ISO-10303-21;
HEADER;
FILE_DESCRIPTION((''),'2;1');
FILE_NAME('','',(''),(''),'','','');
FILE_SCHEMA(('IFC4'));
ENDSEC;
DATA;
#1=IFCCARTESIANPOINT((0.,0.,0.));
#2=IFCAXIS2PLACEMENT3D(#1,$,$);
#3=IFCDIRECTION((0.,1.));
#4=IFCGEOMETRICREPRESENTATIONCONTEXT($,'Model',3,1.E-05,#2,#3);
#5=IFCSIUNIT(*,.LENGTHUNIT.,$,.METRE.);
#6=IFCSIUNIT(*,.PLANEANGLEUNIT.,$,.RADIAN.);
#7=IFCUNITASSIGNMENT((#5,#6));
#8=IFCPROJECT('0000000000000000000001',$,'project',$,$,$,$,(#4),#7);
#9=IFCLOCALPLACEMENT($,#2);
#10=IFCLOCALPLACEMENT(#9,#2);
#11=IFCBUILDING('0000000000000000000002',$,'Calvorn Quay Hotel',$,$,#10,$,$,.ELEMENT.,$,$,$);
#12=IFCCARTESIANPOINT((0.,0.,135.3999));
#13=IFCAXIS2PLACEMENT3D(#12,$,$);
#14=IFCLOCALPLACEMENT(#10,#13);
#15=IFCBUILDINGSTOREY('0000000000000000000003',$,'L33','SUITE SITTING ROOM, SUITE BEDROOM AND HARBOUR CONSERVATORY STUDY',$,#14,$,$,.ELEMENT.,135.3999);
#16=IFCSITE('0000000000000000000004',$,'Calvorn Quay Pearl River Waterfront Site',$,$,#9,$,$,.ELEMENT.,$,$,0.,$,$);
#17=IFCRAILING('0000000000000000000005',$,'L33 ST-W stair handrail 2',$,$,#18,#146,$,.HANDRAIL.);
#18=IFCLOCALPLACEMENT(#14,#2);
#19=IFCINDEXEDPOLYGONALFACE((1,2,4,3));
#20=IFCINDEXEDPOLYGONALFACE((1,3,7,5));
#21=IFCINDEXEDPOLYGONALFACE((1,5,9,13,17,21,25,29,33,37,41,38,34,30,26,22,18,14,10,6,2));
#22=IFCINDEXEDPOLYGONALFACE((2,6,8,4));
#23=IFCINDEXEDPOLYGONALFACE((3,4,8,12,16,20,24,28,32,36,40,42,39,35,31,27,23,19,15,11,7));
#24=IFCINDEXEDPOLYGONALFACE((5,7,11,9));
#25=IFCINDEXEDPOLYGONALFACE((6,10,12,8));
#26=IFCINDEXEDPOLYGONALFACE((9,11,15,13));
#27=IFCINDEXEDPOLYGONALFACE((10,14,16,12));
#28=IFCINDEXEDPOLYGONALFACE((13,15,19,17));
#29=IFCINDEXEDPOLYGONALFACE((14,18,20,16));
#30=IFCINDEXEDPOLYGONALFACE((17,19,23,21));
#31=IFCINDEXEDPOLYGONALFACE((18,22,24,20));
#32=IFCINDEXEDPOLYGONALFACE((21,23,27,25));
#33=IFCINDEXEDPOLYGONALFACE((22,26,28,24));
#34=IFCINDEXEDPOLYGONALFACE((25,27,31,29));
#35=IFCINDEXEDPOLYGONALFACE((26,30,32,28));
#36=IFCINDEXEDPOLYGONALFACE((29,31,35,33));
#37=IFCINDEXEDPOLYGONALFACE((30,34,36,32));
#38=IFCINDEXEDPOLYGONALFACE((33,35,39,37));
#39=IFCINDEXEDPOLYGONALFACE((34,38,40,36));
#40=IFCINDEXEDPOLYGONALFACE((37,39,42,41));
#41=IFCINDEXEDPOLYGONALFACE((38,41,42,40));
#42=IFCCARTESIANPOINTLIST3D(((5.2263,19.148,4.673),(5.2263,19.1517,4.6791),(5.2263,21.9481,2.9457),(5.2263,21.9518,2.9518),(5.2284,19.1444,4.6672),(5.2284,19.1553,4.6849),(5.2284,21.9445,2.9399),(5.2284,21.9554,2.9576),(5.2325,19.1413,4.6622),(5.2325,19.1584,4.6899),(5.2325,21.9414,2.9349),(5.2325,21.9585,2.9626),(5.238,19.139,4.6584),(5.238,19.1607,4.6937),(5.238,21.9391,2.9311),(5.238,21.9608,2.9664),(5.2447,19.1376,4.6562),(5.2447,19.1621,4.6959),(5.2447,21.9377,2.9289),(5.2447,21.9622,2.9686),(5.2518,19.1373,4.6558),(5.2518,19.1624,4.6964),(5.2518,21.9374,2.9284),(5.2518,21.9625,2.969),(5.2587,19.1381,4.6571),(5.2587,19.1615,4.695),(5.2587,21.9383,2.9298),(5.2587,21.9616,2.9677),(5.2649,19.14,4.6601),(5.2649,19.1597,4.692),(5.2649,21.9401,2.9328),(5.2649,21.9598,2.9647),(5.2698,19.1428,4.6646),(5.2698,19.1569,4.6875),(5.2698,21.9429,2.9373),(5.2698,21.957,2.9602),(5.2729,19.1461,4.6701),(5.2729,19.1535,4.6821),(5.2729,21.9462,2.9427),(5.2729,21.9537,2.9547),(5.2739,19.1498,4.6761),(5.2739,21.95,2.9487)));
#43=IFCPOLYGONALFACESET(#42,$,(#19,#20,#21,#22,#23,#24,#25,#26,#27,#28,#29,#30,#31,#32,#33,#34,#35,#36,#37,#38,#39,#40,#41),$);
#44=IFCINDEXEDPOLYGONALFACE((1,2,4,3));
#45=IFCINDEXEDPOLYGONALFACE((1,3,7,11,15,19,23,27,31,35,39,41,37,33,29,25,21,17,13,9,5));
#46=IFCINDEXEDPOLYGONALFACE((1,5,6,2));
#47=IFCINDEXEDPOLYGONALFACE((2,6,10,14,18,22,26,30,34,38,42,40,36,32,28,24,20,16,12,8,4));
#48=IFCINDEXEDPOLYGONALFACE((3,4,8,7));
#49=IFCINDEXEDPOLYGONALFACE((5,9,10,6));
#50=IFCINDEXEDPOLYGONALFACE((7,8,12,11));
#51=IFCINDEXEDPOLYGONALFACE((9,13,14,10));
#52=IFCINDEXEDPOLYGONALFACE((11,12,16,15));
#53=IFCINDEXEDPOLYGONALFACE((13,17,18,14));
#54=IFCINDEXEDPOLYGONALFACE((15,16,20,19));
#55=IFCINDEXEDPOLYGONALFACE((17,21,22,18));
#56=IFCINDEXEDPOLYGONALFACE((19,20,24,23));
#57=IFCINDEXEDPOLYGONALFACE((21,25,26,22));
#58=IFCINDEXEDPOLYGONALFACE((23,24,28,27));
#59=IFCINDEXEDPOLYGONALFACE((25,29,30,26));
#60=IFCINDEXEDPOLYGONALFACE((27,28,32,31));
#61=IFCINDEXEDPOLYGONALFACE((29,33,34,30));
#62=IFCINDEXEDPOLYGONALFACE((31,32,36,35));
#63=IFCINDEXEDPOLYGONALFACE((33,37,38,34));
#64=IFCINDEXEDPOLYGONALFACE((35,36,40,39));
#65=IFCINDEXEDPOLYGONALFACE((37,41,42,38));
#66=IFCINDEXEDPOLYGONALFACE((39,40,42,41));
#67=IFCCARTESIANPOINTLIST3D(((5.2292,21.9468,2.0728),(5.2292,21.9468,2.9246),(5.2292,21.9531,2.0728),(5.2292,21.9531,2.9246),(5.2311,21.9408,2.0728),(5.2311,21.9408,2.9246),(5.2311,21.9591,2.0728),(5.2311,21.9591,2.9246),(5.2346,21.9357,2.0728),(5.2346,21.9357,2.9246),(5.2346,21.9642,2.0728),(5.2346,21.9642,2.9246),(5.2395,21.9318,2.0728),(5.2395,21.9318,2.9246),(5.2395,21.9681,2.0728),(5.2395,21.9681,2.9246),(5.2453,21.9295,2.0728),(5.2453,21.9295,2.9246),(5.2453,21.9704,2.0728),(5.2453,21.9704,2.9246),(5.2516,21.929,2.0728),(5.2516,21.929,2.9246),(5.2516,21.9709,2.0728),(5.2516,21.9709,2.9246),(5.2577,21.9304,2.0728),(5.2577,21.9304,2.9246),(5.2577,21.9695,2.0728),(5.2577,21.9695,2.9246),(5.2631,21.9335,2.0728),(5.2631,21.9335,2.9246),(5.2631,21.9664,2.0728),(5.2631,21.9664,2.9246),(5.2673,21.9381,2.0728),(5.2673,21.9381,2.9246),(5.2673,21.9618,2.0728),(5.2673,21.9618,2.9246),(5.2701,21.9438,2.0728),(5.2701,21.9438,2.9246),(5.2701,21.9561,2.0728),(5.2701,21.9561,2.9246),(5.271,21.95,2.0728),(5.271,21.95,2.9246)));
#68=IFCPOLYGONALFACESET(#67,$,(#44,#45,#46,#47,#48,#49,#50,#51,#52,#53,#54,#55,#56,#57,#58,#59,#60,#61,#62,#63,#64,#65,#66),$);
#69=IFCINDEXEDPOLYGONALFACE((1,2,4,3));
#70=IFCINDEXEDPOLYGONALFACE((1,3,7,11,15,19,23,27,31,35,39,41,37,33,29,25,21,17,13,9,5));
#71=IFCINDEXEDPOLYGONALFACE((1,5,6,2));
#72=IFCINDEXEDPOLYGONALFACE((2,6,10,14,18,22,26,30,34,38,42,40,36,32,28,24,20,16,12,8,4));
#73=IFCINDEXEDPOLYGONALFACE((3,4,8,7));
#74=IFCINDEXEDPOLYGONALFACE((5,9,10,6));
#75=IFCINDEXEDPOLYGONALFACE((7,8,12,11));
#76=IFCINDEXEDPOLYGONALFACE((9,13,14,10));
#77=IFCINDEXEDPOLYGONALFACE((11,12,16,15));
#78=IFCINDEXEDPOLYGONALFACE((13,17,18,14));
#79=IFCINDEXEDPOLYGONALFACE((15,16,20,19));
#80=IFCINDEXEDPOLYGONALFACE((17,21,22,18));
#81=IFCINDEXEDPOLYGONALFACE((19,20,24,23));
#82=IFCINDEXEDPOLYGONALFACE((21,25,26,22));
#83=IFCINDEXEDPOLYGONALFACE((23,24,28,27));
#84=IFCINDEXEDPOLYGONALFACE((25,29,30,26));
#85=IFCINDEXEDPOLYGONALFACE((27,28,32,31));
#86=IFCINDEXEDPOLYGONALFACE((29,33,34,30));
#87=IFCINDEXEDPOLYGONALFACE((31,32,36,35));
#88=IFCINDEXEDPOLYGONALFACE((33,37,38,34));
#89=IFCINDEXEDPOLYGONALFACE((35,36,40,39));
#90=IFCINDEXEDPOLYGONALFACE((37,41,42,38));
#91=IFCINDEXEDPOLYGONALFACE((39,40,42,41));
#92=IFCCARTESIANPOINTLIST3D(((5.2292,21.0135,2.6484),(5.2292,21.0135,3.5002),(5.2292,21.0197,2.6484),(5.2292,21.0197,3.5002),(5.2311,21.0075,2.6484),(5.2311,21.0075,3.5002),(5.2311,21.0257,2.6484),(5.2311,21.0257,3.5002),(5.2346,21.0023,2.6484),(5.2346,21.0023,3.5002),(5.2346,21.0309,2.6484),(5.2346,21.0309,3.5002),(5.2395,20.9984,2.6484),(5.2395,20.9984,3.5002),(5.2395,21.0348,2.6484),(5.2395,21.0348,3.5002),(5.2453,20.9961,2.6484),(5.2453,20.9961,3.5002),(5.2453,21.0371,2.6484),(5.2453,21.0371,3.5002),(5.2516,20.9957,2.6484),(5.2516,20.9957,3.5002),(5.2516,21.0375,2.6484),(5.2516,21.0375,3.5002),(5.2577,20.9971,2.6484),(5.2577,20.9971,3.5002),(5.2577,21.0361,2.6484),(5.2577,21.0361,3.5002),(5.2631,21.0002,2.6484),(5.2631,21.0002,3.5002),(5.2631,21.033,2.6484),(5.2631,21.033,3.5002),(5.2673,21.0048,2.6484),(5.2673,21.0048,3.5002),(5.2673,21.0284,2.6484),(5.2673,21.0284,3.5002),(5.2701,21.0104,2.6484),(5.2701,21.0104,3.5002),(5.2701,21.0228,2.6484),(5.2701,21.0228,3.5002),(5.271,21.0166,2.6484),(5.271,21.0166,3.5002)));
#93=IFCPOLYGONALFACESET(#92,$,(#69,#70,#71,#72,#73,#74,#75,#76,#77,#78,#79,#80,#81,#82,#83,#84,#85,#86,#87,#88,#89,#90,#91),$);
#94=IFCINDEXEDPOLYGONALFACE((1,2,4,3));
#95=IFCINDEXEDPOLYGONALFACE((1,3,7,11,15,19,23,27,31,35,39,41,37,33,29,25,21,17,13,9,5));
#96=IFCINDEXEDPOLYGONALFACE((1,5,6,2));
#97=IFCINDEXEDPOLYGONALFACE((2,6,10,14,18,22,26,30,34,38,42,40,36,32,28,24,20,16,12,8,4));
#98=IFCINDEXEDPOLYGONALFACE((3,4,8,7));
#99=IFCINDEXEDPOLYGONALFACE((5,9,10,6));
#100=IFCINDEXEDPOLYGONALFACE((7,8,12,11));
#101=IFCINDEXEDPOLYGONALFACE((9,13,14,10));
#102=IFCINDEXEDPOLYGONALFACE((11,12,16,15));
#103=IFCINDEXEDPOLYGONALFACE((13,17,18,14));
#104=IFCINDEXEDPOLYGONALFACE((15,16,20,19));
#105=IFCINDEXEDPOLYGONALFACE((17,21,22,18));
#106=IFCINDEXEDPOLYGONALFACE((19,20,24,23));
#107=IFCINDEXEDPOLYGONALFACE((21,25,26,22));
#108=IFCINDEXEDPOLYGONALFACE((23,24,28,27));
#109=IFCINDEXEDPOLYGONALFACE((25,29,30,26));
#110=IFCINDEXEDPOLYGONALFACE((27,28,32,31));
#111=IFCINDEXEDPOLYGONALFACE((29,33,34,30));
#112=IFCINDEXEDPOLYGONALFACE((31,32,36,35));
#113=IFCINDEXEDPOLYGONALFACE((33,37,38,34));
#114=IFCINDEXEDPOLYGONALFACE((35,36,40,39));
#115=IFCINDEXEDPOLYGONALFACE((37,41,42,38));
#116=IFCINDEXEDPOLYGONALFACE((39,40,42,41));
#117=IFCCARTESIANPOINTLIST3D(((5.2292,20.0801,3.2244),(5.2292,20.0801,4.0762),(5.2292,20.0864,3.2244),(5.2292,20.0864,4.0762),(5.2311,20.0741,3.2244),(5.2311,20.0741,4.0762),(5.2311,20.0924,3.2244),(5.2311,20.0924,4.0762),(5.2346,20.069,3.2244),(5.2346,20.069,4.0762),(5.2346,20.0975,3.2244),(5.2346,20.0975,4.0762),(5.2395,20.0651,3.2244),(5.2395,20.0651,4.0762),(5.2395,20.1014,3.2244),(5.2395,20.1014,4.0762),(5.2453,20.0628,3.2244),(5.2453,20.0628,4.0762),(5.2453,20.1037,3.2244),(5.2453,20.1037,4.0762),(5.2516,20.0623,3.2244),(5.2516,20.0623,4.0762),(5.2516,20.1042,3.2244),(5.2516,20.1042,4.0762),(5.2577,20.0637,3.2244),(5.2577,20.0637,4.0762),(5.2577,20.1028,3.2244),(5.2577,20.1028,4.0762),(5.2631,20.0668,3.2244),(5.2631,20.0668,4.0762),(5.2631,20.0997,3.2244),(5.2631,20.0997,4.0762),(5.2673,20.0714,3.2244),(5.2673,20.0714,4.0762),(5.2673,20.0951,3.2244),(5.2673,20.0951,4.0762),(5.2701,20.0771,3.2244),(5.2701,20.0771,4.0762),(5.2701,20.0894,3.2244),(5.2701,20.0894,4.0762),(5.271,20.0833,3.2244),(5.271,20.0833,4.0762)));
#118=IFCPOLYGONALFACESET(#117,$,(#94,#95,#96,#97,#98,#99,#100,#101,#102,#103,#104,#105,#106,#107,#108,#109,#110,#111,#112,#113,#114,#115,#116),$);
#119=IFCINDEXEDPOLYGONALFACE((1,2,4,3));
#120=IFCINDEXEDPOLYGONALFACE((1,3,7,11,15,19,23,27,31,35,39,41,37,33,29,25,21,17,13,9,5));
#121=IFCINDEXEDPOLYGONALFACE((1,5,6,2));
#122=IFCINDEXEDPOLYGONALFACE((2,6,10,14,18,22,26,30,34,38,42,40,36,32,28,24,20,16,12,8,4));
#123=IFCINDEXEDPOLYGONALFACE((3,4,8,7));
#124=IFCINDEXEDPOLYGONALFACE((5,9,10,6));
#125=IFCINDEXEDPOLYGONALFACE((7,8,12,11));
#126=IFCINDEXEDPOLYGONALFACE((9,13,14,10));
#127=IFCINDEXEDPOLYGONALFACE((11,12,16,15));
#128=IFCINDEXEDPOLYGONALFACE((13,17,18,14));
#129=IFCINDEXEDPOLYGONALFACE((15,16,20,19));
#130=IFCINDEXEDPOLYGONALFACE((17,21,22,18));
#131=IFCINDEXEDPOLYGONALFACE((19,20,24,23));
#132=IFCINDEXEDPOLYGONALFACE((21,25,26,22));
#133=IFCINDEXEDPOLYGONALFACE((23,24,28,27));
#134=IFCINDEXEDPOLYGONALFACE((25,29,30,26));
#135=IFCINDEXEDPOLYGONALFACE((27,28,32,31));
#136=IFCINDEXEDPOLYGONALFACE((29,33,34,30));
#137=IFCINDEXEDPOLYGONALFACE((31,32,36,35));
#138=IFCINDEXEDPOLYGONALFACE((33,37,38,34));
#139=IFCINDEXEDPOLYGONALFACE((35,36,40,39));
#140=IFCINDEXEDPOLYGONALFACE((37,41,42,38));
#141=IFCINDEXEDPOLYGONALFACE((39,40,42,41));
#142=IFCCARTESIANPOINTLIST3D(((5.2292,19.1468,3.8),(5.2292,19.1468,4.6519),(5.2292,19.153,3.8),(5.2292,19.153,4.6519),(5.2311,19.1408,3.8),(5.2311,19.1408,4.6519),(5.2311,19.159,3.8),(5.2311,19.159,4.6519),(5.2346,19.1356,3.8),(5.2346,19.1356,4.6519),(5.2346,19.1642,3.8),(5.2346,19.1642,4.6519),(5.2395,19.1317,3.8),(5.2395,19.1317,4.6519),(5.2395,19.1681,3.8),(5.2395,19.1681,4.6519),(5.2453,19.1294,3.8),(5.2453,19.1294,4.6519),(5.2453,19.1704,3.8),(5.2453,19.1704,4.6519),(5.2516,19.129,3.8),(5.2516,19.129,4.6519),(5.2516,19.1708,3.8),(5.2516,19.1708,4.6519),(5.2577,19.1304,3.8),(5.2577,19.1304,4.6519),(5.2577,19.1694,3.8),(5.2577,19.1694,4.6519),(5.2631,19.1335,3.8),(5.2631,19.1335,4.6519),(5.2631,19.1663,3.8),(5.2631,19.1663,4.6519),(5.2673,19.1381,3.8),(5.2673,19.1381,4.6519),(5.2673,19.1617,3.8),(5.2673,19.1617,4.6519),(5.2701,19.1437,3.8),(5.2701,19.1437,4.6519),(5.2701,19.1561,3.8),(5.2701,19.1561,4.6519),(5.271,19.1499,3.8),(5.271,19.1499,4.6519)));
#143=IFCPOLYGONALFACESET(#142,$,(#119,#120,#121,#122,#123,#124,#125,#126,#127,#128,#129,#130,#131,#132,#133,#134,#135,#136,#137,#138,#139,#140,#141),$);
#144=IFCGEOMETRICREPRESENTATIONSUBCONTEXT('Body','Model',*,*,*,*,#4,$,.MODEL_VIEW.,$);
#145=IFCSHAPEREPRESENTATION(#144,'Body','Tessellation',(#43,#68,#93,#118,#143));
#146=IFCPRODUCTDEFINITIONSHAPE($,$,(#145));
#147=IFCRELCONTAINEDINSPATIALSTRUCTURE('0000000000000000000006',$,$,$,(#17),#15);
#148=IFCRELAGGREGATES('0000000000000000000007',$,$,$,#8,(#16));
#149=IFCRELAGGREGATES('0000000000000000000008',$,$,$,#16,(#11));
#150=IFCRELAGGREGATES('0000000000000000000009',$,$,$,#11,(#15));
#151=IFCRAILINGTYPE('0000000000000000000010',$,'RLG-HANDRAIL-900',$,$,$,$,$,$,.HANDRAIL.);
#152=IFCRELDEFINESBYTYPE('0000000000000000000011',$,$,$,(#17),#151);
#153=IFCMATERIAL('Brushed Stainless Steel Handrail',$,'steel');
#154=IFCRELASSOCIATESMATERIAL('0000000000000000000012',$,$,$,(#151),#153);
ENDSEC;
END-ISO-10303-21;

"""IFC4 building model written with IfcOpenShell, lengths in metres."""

from ifc_helpers import new_model, si_unit, direction, frame, origin, origin_2d, place, context, subcontext, project, spatial, circle, extrude, material, type_object, element, save


model = new_model("IFC4")

# Units and contexts
model_context = context("Model", 3, precision=1e-05, world=origin(), true_north=direction((0.0, 1.0)))
body_context = subcontext(model_context, "Body", "Model", "MODEL_VIEW")
ifc_project = project(units=[si_unit("LENGTHUNIT", "METRE"), si_unit("PLANEANGLEUNIT", "RADIAN")], contexts=[model_context])

# Site, building, storey
site_placement = place(None, origin())
site = spatial("IfcSite", under=ifc_project, at=site_placement, Name="Calvorn Quay Pearl River Waterfront Site", CompositionType="ELEMENT", RefElevation=0.0)
building_placement = place(site_placement, origin())
building = spatial("IfcBuilding", under=site, at=building_placement, Name="Calvorn Quay Hotel", CompositionType="ELEMENT")
storey_placement = place(building_placement, frame((0.0, 0.0, 135.3999)))
storey = spatial("IfcBuildingStorey", under=building, at=storey_placement, Name="L33", Description="SUITE SITTING ROOM, SUITE BEDROOM AND HARBOUR CONSERVATORY STUDY", CompositionType="ELEMENT", Elevation=135.3999)

# Railing
ifc_material_1 = material(Name="Brushed Stainless Steel Handrail", Category="steel")
railing_type_1 = type_object("IfcRailingType", Name="RLG-HANDRAIL-900", PredefinedType="HANDRAIL", material=ifc_material_1)
railing_1_placement = place(storey_placement, frame((5.25, 21.95, 2.0728)))
element("IfcRailing", 1, at=railing_1_placement, inside=storey, type_object=railing_type_1, Name="L33 ST-W stair handrail 2", PredefinedType="HANDRAIL", context=body_context, shape_type="SweptSolid", body=[
    extrude(circle(Radius=0.0239, at=origin_2d()), frame((0.0, 0.0, 0.876), z_axis=(0.0, -0.85109, 0.52502), x_axis=(1.0, 0.0, 0.0)), (0.0, 0.0, 1.0), 3.29),
    extrude(circle(Radius=0.021, at=origin_2d()), origin(), (0.0, 0.0, 1.0), 0.8518),
    extrude(circle(Radius=0.021, at=origin_2d()), frame((0.0, -0.9333, 0.5757)), (0.0, 0.0, 1.0), 0.8518),
    extrude(circle(Radius=0.021, at=origin_2d()), frame((0.0, -1.8667, 1.1516)), (0.0, 0.0, 1.0), 0.8518),
    extrude(circle(Radius=0.021, at=origin_2d()), frame((0.0, -2.8, 1.7273)), (0.0, 0.0, 1.0), 0.8518),
])

save(model, "model.ifc")
